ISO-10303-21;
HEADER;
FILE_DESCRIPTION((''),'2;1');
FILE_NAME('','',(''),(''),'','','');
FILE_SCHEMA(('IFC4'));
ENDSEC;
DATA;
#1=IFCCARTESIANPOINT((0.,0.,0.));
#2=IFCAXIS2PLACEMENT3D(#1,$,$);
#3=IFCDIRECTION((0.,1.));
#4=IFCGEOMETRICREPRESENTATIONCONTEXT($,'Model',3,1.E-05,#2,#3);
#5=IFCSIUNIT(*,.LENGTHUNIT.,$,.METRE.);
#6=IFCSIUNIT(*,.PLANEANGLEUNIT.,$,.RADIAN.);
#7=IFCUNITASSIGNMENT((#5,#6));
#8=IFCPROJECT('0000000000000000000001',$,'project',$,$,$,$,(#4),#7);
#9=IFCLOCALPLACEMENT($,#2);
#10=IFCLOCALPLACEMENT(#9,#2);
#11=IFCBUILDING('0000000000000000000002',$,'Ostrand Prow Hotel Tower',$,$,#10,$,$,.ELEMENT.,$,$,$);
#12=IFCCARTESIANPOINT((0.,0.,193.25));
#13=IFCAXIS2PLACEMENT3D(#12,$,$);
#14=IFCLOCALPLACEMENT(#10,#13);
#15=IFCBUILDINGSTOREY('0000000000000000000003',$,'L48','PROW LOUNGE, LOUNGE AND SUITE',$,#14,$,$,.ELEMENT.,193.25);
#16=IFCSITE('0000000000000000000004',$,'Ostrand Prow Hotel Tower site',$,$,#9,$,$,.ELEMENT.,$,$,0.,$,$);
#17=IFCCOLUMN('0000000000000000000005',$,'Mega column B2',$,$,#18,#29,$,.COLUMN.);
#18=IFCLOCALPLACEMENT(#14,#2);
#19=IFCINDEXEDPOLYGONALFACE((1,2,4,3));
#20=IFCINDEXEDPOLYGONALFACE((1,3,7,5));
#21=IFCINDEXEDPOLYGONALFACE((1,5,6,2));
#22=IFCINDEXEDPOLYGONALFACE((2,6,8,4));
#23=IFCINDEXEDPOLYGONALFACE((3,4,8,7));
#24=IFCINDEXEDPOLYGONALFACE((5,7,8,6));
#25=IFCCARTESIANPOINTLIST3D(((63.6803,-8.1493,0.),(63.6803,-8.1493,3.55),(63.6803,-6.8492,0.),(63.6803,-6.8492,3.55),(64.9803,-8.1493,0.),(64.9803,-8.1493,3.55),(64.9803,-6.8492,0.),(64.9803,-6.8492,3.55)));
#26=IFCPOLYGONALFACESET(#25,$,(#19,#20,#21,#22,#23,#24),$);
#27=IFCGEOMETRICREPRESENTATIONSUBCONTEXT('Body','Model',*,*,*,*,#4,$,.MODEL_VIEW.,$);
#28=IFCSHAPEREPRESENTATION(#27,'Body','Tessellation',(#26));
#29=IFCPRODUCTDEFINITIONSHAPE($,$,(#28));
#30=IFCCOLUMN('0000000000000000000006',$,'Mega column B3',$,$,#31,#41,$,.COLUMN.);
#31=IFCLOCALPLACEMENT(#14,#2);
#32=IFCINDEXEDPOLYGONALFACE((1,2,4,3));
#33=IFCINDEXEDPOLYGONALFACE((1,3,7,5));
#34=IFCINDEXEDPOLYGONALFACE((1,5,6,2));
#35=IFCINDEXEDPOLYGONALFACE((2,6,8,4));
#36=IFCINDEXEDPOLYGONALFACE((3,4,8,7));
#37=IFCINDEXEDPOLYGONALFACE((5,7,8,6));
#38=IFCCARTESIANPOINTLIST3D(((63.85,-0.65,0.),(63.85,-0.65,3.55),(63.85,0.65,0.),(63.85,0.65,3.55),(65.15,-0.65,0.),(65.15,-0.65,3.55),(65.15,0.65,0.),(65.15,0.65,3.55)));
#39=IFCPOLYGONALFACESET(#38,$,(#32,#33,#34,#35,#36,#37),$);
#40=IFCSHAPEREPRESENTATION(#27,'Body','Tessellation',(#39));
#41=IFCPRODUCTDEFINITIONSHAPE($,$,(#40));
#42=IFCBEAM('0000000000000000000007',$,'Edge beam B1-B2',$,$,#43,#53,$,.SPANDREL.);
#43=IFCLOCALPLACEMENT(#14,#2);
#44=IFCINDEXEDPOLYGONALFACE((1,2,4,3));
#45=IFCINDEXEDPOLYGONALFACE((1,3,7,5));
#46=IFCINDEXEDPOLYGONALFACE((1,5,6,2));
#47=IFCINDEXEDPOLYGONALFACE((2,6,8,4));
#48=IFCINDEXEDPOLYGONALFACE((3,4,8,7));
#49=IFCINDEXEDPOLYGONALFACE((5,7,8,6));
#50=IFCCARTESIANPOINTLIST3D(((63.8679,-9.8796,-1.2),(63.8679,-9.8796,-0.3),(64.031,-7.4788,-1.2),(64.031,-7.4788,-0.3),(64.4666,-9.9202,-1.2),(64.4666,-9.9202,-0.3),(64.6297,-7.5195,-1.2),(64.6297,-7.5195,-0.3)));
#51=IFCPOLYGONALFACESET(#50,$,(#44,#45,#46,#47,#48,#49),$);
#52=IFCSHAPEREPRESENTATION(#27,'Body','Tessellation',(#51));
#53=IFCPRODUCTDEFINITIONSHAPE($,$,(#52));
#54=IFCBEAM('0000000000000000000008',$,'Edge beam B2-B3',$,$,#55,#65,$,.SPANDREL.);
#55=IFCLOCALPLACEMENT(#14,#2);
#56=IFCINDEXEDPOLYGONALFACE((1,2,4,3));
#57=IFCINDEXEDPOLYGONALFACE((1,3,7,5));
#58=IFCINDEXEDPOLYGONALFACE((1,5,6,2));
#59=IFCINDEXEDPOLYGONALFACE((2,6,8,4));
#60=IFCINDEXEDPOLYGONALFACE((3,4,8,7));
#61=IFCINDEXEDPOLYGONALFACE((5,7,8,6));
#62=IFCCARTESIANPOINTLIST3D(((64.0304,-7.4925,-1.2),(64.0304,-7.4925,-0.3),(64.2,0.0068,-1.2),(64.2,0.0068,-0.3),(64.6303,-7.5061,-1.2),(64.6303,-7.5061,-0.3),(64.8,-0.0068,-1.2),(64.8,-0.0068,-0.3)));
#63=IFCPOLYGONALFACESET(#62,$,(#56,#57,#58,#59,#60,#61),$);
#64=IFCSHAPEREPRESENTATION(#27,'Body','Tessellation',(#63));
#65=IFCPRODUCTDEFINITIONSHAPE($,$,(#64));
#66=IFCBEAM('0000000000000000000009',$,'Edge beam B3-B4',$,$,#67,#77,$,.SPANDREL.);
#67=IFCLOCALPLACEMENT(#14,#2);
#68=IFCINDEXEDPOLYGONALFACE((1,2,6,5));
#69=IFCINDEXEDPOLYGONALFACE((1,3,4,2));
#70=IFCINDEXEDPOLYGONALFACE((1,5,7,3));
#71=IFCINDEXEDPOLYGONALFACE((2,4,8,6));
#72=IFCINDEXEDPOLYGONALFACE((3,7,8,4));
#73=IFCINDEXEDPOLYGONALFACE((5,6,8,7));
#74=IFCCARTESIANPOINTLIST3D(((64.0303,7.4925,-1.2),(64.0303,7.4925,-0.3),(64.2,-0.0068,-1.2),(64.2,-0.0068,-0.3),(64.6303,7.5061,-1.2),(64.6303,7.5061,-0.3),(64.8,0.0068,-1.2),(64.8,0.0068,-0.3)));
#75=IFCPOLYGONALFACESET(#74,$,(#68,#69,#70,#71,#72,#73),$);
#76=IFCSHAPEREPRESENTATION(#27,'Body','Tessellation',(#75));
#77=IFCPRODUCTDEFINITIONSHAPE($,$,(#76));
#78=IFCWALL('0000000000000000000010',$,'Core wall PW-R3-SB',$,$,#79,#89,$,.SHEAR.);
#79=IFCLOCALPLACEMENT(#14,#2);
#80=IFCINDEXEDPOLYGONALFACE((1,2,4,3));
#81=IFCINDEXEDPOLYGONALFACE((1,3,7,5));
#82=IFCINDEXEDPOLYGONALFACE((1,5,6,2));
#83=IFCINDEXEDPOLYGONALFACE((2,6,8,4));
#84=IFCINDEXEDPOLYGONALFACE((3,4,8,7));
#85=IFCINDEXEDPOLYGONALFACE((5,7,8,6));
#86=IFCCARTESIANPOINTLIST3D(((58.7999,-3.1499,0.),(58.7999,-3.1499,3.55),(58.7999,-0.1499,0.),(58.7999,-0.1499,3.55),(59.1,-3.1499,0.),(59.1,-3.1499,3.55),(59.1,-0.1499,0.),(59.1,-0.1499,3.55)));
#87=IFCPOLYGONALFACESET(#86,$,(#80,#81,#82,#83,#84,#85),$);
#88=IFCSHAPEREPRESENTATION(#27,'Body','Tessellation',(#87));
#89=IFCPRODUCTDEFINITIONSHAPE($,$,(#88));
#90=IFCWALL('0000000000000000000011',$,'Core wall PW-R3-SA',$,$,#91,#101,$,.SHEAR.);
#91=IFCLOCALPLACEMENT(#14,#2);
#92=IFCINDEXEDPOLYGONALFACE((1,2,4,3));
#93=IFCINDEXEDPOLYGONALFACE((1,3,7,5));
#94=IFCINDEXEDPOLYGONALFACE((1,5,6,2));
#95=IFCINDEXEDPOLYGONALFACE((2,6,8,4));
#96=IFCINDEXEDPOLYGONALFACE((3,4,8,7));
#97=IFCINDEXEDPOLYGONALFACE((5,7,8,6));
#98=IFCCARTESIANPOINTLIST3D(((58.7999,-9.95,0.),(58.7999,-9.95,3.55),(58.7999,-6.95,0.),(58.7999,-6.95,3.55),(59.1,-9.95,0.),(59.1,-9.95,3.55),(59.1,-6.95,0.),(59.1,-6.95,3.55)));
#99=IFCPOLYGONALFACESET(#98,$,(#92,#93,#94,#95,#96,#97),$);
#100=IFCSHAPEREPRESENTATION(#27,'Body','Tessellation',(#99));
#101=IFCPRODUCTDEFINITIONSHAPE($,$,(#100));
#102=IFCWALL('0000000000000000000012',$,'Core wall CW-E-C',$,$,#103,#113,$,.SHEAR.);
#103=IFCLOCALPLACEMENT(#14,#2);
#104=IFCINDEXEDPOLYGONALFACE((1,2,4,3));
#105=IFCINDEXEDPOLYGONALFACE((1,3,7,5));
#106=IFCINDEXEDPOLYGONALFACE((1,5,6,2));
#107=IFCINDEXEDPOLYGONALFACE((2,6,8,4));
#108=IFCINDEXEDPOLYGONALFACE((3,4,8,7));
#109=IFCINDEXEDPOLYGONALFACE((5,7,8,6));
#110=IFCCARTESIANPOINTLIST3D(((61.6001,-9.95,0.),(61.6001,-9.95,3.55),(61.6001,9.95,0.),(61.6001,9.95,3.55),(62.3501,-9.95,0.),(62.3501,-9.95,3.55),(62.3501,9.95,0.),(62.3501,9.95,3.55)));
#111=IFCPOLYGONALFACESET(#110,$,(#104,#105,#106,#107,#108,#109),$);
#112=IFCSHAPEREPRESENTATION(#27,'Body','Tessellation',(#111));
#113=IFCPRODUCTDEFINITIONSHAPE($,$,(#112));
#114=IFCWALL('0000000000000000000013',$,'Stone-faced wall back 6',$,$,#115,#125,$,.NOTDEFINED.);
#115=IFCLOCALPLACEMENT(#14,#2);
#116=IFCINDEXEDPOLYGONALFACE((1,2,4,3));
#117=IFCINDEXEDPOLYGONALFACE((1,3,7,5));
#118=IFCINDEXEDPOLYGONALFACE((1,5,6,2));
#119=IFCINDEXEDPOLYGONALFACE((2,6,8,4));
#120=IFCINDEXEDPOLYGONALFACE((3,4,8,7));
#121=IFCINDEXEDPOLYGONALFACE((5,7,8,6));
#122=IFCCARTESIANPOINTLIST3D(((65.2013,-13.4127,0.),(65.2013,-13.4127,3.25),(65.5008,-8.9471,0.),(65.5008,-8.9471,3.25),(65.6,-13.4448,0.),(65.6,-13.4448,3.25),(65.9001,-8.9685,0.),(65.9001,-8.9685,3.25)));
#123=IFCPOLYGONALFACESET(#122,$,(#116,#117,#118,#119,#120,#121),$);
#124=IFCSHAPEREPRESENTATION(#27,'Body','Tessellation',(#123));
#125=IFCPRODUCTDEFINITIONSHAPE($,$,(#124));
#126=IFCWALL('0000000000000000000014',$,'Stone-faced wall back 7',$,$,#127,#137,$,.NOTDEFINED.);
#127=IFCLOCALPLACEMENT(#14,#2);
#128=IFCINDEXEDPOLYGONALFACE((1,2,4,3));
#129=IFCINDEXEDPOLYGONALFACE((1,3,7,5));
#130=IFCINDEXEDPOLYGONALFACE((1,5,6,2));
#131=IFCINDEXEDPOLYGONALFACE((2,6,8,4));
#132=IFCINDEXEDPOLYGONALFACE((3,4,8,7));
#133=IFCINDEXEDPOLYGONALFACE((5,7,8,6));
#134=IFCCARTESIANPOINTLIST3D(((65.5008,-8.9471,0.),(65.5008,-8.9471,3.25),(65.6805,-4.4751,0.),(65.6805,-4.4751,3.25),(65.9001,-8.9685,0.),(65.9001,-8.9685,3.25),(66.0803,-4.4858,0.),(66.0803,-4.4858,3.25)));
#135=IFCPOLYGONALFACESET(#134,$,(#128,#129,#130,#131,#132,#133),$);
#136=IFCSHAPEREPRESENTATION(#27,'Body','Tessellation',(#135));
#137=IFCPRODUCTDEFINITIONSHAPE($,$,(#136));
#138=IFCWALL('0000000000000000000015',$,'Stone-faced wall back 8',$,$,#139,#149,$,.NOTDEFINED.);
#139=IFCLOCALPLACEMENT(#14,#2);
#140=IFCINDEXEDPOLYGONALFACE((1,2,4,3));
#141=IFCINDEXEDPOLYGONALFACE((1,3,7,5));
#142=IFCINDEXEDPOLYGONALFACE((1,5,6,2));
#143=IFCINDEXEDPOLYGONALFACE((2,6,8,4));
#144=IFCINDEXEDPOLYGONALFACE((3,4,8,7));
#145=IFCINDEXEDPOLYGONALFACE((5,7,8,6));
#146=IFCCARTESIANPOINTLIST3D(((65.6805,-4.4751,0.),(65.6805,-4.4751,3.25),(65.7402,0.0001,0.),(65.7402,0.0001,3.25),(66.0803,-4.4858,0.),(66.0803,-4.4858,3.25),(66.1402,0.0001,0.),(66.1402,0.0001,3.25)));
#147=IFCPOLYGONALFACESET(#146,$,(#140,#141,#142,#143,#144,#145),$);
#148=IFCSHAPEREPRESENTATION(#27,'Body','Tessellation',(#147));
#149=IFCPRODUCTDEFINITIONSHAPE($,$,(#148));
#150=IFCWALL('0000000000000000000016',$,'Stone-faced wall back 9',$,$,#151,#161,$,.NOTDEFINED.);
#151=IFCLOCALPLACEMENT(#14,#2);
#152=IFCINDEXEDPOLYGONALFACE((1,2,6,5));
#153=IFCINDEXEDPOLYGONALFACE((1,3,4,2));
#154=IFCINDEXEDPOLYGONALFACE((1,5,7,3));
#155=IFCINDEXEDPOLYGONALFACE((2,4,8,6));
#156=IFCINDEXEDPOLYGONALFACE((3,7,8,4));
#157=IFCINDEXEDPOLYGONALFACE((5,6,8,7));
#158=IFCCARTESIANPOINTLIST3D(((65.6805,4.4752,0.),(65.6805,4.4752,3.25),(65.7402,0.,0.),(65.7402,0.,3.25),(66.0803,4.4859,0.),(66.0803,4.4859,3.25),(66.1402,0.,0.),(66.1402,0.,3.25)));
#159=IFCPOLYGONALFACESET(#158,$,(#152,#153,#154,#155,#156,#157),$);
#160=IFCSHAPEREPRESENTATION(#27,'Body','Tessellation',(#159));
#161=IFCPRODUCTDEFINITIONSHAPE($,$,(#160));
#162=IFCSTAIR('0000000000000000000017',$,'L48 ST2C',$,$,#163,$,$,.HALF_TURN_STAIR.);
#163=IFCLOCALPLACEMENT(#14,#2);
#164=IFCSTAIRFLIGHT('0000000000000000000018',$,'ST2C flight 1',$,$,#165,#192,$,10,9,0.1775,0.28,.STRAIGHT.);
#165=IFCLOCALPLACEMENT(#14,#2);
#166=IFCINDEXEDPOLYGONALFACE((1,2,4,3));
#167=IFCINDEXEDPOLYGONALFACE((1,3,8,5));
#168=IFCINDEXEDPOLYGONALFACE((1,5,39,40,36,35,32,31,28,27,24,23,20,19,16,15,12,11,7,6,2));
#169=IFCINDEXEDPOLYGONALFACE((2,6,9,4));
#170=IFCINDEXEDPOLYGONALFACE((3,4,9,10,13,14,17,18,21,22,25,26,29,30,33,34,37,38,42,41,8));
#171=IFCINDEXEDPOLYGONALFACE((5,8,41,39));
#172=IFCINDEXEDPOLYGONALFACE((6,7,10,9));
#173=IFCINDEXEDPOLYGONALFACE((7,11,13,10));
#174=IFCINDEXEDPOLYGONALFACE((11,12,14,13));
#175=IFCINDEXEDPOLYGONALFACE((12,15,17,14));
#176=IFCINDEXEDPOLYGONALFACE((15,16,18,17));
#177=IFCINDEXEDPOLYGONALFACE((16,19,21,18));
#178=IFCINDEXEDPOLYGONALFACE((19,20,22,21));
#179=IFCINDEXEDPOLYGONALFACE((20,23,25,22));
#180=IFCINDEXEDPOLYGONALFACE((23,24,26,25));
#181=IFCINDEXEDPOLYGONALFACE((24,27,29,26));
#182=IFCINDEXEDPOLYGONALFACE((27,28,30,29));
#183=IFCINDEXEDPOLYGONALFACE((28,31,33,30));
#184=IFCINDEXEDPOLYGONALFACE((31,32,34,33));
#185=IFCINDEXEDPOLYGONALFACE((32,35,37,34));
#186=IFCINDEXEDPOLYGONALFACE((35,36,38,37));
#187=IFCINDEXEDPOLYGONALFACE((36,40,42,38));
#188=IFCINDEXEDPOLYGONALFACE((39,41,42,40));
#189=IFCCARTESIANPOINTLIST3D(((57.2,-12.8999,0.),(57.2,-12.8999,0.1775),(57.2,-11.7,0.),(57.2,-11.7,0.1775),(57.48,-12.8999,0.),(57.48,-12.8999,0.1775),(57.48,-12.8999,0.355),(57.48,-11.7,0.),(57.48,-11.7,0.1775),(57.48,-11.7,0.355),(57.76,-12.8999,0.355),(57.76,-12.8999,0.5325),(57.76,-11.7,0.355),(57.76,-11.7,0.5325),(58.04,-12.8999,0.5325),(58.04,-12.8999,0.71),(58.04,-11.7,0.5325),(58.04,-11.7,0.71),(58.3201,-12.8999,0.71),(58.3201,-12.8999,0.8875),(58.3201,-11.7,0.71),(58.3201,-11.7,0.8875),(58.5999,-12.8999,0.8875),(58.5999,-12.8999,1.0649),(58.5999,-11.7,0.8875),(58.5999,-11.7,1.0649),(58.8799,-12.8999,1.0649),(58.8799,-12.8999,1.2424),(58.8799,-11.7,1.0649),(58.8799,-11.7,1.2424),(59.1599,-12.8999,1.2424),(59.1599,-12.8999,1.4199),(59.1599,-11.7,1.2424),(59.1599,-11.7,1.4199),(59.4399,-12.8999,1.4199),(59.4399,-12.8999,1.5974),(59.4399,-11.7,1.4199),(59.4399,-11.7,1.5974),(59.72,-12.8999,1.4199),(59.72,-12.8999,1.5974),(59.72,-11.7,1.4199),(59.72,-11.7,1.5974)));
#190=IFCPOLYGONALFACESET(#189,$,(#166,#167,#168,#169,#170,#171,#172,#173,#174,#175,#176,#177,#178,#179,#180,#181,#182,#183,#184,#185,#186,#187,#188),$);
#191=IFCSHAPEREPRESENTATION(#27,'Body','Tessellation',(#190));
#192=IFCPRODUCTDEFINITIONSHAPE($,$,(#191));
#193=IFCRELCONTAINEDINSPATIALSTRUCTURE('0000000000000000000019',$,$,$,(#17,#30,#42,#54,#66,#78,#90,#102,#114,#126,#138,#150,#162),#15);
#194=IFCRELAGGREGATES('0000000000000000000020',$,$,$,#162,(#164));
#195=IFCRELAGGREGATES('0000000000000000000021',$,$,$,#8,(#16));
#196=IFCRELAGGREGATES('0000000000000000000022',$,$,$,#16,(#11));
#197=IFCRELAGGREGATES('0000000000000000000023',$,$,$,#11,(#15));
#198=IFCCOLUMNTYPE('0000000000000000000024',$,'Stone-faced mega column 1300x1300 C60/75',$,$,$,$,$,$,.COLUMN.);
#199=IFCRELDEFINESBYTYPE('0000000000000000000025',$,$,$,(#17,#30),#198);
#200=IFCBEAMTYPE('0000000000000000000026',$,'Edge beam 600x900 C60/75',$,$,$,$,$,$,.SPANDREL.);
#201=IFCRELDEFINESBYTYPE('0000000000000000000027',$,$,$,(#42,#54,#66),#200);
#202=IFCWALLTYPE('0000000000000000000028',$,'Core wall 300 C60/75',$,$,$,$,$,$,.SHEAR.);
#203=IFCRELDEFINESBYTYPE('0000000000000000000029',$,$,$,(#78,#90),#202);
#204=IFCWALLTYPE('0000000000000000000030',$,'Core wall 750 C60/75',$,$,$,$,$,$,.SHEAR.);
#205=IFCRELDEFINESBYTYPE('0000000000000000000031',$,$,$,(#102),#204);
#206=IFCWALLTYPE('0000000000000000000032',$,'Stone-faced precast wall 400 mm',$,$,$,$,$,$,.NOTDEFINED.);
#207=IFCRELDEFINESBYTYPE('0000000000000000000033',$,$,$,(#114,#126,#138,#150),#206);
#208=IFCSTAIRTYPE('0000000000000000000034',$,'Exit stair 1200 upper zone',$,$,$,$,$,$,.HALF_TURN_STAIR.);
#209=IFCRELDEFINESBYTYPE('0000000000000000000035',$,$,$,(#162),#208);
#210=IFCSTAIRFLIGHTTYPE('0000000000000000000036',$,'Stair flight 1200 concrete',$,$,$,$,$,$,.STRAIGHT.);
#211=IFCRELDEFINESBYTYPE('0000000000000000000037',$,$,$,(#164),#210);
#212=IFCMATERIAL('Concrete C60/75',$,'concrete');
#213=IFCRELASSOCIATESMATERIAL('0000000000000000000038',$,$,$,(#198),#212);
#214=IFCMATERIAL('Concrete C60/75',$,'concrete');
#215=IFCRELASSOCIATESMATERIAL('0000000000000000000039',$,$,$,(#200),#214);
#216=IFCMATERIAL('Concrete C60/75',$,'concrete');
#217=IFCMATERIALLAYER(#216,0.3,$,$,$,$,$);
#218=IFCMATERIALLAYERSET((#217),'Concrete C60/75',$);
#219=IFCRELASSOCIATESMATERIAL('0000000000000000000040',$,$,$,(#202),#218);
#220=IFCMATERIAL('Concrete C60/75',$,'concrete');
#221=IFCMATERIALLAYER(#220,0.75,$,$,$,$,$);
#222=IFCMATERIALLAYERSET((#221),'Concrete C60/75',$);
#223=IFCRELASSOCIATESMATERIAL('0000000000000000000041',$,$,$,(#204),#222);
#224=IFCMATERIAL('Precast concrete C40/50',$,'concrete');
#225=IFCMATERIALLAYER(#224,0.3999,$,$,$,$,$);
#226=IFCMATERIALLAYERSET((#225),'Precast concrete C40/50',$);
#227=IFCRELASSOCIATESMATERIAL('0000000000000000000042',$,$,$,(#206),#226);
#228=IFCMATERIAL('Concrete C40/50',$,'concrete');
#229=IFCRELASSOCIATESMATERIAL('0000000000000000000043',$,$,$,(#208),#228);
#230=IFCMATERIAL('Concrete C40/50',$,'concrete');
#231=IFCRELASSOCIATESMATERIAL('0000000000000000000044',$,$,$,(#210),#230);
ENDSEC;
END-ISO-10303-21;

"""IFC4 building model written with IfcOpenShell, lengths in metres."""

from ifc_helpers import new_model, si_unit, direction, frame, frame_2d, origin, origin_2d, place, context, subcontext, project, spatial, polyline, rectangle, outline, extrude, material, layer, layer_set, material_profile, profile_set, type_object, element, aggregate, save


model = new_model("IFC4")

# Units and contexts
model_context = context("Model", 3, precision=1e-05, world=origin(), true_north=direction((0.0, 1.0)))
body_context = subcontext(model_context, "Body", "Model", "MODEL_VIEW")
ifc_project = project(units=[si_unit("LENGTHUNIT", "METRE"), si_unit("PLANEANGLEUNIT", "RADIAN")], contexts=[model_context])

# Site, building, storey
site_placement = place(None, origin())
site = spatial("IfcSite", under=ifc_project, at=site_placement, Name="Ostrand Prow Hotel Tower site", CompositionType="ELEMENT", RefElevation=0.0)
building_placement = place(site_placement, origin())
building = spatial("IfcBuilding", under=site, at=building_placement, Name="Ostrand Prow Hotel Tower", CompositionType="ELEMENT")
storey_placement = place(building_placement, frame((0.0, 0.0, 193.25)))
storey = spatial("IfcBuildingStorey", under=building, at=storey_placement, Name="L48", Description="PROW LOUNGE, LOUNGE AND SUITE", CompositionType="ELEMENT", Elevation=193.25)

# Columns
ifc_material_1 = material(Name="Concrete C60/75", Category="concrete")
ifc_material_profile_1 = material_profile(ifc_material_1, rectangle(XDim=1.3, YDim=1.3, at=origin_2d()), Name="RC 1300x1300")
ifc_profile_set_1 = profile_set([ifc_material_profile_1], Name="Concrete C60/75")
column_type = type_object("IfcColumnType", Name="Stone-faced mega column 1300x1300 C60/75", PredefinedType="COLUMN", material=ifc_profile_set_1)
for number, where, z_axis, x_axis, name in (
    (1, (64.3303, -7.4993, 0.0), (0.0, 0.0, 1.0), (1.0, 0.0, 0.0), "Mega column B2"),
    (2, (64.5, 0.0, 0.0), (0.0, 0.0, 1.0), (1.0, 0.0, 0.0), "Mega column B3"),
):
    element("IfcColumn", number, at=place(storey_placement, frame(where, z_axis=z_axis, x_axis=x_axis)), inside=storey, type_object=column_type, Name=name, PredefinedType="COLUMN", context=body_context, shape_type="SweptSolid", body=[
        extrude(rectangle(XDim=1.3, YDim=1.3, at=origin_2d()), origin(), (0.0, 0.0, 1.0), 3.55),
    ])

# Beams
ifc_material_2 = material(Name="Concrete C60/75", Category="concrete")
ifc_material_profile_2 = material_profile(ifc_material_2, rectangle(XDim=0.6001, YDim=0.8999, at=origin_2d()), Name="RC 600x900")
ifc_profile_set_2 = profile_set([ifc_material_profile_2], Name="Concrete C60/75")
beam_type = type_object("IfcBeamType", Name="Edge beam 600x900 C60/75", PredefinedType="SPANDREL", material=ifc_profile_set_2)
beam_placement = place(storey_placement, frame((64.1672, -9.8999, -0.75), z_axis=(0.067778, 0.9977, 0.0), x_axis=(-0.9977, 0.067778, 0.0)))
element("IfcBeam", 3, at=beam_placement, inside=storey, type_object=beam_type, Name="Edge beam B1-B2", PredefinedType="SPANDREL", context=body_context, shape_type="SweptSolid", body=[
    extrude(rectangle(XDim=0.6001, YDim=0.8999, at=origin_2d()), origin(), (0.0, 0.0, 1.0), 2.4062),
])
for number, where, z_axis, x_axis, name in (
    (4, (64.3303, -7.4993, -0.75), (0.02262, 0.999744, 0.0), (-0.999744, 0.02262, 0.0), "Edge beam B2-B3"),
    (5, (64.5, 0.0, -0.75), (-0.02262, 0.999744, 0.0), (-0.999744, -0.02262, 0.0), "Edge beam B3-B4"),
):
    element("IfcBeam", number, at=place(storey_placement, frame(where, z_axis=z_axis, x_axis=x_axis)), inside=storey, type_object=beam_type, Name=name, PredefinedType="SPANDREL", context=body_context, shape_type="SweptSolid", body=[
        extrude(rectangle(XDim=0.6001, YDim=0.8999, at=origin_2d()), origin(), (0.0, 0.0, 1.0), 7.5012),
    ])

# Walls
ifc_material_3 = material(Name="Concrete C60/75", Category="concrete")
ifc_layer_1 = layer(ifc_material_3, 0.3)
ifc_layer_set_1 = layer_set([ifc_layer_1], Name="Concrete C60/75")
wall_type_1 = type_object("IfcWallType", Name="Core wall 300 C60/75", PredefinedType="SHEAR", material=ifc_layer_set_1)
for number, where, z_axis, x_axis, name in (
    (6, (58.95, -3.1499, 0.0), (0.0, 0.0, 1.0), (0.0, 1.0, 0.0), "Core wall PW-R3-SB"),
    (7, (58.95, -9.95, 0.0), (0.0, 0.0, 1.0), (0.0, 1.0, 0.0), "Core wall PW-R3-SA"),
):
    element("IfcWall", number, at=place(storey_placement, frame(where, z_axis=z_axis, x_axis=x_axis)), inside=storey, type_object=wall_type_1, Name=name, PredefinedType="SHEAR", context=body_context, shape_type="SweptSolid", body=[
        extrude(rectangle(XDim=3.0, YDim=0.3, at=frame_2d((1.5, 0.0))), origin(), (0.0, 0.0, 1.0), 3.55),
    ])
ifc_material_4 = material(Name="Concrete C60/75", Category="concrete")
ifc_layer_2 = layer(ifc_material_4, 0.75)
ifc_layer_set_2 = layer_set([ifc_layer_2], Name="Concrete C60/75")
wall_type_2 = type_object("IfcWallType", Name="Core wall 750 C60/75", PredefinedType="SHEAR", material=ifc_layer_set_2)
wall_placement = place(storey_placement, frame((61.9751, -9.95, 0.0), z_axis=(0.0, 0.0, 1.0), x_axis=(0.0, 1.0, 0.0)))
element("IfcWall", 8, at=wall_placement, inside=storey, type_object=wall_type_2, Name="Core wall CW-E-C", PredefinedType="SHEAR", context=body_context, shape_type="SweptSolid", body=[
    extrude(rectangle(XDim=19.8999, YDim=0.75, at=frame_2d((9.95, 0.0))), origin(), (0.0, 0.0, 1.0), 3.55),
])
ifc_material_5 = material(Name="Precast concrete C40/50", Category="concrete")
ifc_layer_3 = layer(ifc_material_5, 0.3999)
ifc_layer_set_3 = layer_set([ifc_layer_3], Name="Precast concrete C40/50")
wall_type_3 = type_object("IfcWallType", Name="Stone-faced precast wall 400 mm", PredefinedType="NOTDEFINED", material=ifc_layer_set_3)
for number, where, z_axis, x_axis, name in (
    (9, (65.4006, -13.4287, 0.0), (0.0, 0.0, 1.0), (0.066906, 0.997759, 0.0), "Stone-faced wall back 6"),
    (10, (65.7004, -8.9578, 0.0), (0.0, 0.0, 1.0), (0.040155, 0.999193, 0.0), "Stone-faced wall back 7"),
    (11, (65.8804, -4.4805, 0.0), (0.0, 0.0, 1.0), (0.013349, 0.999911, 0.0), "Stone-faced wall back 8"),
    (12, (65.9402, 0.0, 0.0), (0.0, 0.0, 1.0), (-0.013349, 0.999911, 0.0), "Stone-faced wall back 9"),
):
    element("IfcWall", number, at=place(storey_placement, frame(where, z_axis=z_axis, x_axis=x_axis)), inside=storey, type_object=wall_type_3, Name=name, PredefinedType="NOTDEFINED", context=body_context, shape_type="SweptSolid", body=[
        extrude(outline(polyline([(-0.0027, -0.2), (4.4836, -0.2), (4.4783, 0.2), (0.0027, 0.2), (-0.0027, -0.2)])), origin(), (0.0, 0.0, 1.0), 3.25),
    ])

# Stair, stair flight
ifc_material_6 = material(Name="Concrete C40/50", Category="concrete")
stair_type = type_object("IfcStairType", Name="Exit stair 1200 upper zone", PredefinedType="HALF_TURN_STAIR", material=ifc_material_6)
stair_placement = place(storey_placement, origin())
stair = element("IfcStair", 13, at=stair_placement, inside=storey, type_object=stair_type, Name="L48 ST2C", PredefinedType="HALF_TURN_STAIR")
ifc_material_7 = material(Name="Concrete C40/50", Category="concrete")
stair_flight_type = type_object("IfcStairFlightType", Name="Stair flight 1200 concrete", PredefinedType="STRAIGHT", material=ifc_material_7)
stair_flight_1_placement = place(storey_placement, frame((57.2, -12.3, 0.0), z_axis=(0.0, 0.0, 1.0), x_axis=(1.0, 0.0, 0.0)))
stair_flight_1 = element("IfcStairFlight", 14, at=stair_flight_1_placement, type_object=stair_flight_type, Name="ST2C flight 1", NumberOfRisers=10, NumberOfTreads=9, PredefinedType="STRAIGHT", RiserHeight=0.1775, TreadLength=0.28, context=body_context, shape_type="SweptSolid", body=[
    extrude(outline(polyline([(0.0, 0.0), (0.0, 0.1775), (0.28, 0.1775), (0.28, 0.355), (0.5601, 0.355), (0.5601, 0.5325), (0.8401, 0.5325), (0.8401, 0.71), (1.1201, 0.71), (1.1201, 0.8875), (1.3999, 0.8875), (1.3999, 1.0649), (1.6799, 1.0649), (1.6799, 1.2424), (1.96, 1.2424), (1.96, 1.4199), (2.24, 1.4199), (2.24, 1.5974), (2.52, 1.5974), (2.52, 1.7749), (2.52, 1.4199), (0.28, 0.0), (0.0, 0.0)])), frame((0.0, 0.6001, 0.0), z_axis=(0.0, -1.0, 0.0), x_axis=(1.0, 0.0, 0.0)), (0.0, 0.0, 1.0), 1.2),
])
aggregate(stair, [stair_flight_1])

save(model, "model.ifc")
